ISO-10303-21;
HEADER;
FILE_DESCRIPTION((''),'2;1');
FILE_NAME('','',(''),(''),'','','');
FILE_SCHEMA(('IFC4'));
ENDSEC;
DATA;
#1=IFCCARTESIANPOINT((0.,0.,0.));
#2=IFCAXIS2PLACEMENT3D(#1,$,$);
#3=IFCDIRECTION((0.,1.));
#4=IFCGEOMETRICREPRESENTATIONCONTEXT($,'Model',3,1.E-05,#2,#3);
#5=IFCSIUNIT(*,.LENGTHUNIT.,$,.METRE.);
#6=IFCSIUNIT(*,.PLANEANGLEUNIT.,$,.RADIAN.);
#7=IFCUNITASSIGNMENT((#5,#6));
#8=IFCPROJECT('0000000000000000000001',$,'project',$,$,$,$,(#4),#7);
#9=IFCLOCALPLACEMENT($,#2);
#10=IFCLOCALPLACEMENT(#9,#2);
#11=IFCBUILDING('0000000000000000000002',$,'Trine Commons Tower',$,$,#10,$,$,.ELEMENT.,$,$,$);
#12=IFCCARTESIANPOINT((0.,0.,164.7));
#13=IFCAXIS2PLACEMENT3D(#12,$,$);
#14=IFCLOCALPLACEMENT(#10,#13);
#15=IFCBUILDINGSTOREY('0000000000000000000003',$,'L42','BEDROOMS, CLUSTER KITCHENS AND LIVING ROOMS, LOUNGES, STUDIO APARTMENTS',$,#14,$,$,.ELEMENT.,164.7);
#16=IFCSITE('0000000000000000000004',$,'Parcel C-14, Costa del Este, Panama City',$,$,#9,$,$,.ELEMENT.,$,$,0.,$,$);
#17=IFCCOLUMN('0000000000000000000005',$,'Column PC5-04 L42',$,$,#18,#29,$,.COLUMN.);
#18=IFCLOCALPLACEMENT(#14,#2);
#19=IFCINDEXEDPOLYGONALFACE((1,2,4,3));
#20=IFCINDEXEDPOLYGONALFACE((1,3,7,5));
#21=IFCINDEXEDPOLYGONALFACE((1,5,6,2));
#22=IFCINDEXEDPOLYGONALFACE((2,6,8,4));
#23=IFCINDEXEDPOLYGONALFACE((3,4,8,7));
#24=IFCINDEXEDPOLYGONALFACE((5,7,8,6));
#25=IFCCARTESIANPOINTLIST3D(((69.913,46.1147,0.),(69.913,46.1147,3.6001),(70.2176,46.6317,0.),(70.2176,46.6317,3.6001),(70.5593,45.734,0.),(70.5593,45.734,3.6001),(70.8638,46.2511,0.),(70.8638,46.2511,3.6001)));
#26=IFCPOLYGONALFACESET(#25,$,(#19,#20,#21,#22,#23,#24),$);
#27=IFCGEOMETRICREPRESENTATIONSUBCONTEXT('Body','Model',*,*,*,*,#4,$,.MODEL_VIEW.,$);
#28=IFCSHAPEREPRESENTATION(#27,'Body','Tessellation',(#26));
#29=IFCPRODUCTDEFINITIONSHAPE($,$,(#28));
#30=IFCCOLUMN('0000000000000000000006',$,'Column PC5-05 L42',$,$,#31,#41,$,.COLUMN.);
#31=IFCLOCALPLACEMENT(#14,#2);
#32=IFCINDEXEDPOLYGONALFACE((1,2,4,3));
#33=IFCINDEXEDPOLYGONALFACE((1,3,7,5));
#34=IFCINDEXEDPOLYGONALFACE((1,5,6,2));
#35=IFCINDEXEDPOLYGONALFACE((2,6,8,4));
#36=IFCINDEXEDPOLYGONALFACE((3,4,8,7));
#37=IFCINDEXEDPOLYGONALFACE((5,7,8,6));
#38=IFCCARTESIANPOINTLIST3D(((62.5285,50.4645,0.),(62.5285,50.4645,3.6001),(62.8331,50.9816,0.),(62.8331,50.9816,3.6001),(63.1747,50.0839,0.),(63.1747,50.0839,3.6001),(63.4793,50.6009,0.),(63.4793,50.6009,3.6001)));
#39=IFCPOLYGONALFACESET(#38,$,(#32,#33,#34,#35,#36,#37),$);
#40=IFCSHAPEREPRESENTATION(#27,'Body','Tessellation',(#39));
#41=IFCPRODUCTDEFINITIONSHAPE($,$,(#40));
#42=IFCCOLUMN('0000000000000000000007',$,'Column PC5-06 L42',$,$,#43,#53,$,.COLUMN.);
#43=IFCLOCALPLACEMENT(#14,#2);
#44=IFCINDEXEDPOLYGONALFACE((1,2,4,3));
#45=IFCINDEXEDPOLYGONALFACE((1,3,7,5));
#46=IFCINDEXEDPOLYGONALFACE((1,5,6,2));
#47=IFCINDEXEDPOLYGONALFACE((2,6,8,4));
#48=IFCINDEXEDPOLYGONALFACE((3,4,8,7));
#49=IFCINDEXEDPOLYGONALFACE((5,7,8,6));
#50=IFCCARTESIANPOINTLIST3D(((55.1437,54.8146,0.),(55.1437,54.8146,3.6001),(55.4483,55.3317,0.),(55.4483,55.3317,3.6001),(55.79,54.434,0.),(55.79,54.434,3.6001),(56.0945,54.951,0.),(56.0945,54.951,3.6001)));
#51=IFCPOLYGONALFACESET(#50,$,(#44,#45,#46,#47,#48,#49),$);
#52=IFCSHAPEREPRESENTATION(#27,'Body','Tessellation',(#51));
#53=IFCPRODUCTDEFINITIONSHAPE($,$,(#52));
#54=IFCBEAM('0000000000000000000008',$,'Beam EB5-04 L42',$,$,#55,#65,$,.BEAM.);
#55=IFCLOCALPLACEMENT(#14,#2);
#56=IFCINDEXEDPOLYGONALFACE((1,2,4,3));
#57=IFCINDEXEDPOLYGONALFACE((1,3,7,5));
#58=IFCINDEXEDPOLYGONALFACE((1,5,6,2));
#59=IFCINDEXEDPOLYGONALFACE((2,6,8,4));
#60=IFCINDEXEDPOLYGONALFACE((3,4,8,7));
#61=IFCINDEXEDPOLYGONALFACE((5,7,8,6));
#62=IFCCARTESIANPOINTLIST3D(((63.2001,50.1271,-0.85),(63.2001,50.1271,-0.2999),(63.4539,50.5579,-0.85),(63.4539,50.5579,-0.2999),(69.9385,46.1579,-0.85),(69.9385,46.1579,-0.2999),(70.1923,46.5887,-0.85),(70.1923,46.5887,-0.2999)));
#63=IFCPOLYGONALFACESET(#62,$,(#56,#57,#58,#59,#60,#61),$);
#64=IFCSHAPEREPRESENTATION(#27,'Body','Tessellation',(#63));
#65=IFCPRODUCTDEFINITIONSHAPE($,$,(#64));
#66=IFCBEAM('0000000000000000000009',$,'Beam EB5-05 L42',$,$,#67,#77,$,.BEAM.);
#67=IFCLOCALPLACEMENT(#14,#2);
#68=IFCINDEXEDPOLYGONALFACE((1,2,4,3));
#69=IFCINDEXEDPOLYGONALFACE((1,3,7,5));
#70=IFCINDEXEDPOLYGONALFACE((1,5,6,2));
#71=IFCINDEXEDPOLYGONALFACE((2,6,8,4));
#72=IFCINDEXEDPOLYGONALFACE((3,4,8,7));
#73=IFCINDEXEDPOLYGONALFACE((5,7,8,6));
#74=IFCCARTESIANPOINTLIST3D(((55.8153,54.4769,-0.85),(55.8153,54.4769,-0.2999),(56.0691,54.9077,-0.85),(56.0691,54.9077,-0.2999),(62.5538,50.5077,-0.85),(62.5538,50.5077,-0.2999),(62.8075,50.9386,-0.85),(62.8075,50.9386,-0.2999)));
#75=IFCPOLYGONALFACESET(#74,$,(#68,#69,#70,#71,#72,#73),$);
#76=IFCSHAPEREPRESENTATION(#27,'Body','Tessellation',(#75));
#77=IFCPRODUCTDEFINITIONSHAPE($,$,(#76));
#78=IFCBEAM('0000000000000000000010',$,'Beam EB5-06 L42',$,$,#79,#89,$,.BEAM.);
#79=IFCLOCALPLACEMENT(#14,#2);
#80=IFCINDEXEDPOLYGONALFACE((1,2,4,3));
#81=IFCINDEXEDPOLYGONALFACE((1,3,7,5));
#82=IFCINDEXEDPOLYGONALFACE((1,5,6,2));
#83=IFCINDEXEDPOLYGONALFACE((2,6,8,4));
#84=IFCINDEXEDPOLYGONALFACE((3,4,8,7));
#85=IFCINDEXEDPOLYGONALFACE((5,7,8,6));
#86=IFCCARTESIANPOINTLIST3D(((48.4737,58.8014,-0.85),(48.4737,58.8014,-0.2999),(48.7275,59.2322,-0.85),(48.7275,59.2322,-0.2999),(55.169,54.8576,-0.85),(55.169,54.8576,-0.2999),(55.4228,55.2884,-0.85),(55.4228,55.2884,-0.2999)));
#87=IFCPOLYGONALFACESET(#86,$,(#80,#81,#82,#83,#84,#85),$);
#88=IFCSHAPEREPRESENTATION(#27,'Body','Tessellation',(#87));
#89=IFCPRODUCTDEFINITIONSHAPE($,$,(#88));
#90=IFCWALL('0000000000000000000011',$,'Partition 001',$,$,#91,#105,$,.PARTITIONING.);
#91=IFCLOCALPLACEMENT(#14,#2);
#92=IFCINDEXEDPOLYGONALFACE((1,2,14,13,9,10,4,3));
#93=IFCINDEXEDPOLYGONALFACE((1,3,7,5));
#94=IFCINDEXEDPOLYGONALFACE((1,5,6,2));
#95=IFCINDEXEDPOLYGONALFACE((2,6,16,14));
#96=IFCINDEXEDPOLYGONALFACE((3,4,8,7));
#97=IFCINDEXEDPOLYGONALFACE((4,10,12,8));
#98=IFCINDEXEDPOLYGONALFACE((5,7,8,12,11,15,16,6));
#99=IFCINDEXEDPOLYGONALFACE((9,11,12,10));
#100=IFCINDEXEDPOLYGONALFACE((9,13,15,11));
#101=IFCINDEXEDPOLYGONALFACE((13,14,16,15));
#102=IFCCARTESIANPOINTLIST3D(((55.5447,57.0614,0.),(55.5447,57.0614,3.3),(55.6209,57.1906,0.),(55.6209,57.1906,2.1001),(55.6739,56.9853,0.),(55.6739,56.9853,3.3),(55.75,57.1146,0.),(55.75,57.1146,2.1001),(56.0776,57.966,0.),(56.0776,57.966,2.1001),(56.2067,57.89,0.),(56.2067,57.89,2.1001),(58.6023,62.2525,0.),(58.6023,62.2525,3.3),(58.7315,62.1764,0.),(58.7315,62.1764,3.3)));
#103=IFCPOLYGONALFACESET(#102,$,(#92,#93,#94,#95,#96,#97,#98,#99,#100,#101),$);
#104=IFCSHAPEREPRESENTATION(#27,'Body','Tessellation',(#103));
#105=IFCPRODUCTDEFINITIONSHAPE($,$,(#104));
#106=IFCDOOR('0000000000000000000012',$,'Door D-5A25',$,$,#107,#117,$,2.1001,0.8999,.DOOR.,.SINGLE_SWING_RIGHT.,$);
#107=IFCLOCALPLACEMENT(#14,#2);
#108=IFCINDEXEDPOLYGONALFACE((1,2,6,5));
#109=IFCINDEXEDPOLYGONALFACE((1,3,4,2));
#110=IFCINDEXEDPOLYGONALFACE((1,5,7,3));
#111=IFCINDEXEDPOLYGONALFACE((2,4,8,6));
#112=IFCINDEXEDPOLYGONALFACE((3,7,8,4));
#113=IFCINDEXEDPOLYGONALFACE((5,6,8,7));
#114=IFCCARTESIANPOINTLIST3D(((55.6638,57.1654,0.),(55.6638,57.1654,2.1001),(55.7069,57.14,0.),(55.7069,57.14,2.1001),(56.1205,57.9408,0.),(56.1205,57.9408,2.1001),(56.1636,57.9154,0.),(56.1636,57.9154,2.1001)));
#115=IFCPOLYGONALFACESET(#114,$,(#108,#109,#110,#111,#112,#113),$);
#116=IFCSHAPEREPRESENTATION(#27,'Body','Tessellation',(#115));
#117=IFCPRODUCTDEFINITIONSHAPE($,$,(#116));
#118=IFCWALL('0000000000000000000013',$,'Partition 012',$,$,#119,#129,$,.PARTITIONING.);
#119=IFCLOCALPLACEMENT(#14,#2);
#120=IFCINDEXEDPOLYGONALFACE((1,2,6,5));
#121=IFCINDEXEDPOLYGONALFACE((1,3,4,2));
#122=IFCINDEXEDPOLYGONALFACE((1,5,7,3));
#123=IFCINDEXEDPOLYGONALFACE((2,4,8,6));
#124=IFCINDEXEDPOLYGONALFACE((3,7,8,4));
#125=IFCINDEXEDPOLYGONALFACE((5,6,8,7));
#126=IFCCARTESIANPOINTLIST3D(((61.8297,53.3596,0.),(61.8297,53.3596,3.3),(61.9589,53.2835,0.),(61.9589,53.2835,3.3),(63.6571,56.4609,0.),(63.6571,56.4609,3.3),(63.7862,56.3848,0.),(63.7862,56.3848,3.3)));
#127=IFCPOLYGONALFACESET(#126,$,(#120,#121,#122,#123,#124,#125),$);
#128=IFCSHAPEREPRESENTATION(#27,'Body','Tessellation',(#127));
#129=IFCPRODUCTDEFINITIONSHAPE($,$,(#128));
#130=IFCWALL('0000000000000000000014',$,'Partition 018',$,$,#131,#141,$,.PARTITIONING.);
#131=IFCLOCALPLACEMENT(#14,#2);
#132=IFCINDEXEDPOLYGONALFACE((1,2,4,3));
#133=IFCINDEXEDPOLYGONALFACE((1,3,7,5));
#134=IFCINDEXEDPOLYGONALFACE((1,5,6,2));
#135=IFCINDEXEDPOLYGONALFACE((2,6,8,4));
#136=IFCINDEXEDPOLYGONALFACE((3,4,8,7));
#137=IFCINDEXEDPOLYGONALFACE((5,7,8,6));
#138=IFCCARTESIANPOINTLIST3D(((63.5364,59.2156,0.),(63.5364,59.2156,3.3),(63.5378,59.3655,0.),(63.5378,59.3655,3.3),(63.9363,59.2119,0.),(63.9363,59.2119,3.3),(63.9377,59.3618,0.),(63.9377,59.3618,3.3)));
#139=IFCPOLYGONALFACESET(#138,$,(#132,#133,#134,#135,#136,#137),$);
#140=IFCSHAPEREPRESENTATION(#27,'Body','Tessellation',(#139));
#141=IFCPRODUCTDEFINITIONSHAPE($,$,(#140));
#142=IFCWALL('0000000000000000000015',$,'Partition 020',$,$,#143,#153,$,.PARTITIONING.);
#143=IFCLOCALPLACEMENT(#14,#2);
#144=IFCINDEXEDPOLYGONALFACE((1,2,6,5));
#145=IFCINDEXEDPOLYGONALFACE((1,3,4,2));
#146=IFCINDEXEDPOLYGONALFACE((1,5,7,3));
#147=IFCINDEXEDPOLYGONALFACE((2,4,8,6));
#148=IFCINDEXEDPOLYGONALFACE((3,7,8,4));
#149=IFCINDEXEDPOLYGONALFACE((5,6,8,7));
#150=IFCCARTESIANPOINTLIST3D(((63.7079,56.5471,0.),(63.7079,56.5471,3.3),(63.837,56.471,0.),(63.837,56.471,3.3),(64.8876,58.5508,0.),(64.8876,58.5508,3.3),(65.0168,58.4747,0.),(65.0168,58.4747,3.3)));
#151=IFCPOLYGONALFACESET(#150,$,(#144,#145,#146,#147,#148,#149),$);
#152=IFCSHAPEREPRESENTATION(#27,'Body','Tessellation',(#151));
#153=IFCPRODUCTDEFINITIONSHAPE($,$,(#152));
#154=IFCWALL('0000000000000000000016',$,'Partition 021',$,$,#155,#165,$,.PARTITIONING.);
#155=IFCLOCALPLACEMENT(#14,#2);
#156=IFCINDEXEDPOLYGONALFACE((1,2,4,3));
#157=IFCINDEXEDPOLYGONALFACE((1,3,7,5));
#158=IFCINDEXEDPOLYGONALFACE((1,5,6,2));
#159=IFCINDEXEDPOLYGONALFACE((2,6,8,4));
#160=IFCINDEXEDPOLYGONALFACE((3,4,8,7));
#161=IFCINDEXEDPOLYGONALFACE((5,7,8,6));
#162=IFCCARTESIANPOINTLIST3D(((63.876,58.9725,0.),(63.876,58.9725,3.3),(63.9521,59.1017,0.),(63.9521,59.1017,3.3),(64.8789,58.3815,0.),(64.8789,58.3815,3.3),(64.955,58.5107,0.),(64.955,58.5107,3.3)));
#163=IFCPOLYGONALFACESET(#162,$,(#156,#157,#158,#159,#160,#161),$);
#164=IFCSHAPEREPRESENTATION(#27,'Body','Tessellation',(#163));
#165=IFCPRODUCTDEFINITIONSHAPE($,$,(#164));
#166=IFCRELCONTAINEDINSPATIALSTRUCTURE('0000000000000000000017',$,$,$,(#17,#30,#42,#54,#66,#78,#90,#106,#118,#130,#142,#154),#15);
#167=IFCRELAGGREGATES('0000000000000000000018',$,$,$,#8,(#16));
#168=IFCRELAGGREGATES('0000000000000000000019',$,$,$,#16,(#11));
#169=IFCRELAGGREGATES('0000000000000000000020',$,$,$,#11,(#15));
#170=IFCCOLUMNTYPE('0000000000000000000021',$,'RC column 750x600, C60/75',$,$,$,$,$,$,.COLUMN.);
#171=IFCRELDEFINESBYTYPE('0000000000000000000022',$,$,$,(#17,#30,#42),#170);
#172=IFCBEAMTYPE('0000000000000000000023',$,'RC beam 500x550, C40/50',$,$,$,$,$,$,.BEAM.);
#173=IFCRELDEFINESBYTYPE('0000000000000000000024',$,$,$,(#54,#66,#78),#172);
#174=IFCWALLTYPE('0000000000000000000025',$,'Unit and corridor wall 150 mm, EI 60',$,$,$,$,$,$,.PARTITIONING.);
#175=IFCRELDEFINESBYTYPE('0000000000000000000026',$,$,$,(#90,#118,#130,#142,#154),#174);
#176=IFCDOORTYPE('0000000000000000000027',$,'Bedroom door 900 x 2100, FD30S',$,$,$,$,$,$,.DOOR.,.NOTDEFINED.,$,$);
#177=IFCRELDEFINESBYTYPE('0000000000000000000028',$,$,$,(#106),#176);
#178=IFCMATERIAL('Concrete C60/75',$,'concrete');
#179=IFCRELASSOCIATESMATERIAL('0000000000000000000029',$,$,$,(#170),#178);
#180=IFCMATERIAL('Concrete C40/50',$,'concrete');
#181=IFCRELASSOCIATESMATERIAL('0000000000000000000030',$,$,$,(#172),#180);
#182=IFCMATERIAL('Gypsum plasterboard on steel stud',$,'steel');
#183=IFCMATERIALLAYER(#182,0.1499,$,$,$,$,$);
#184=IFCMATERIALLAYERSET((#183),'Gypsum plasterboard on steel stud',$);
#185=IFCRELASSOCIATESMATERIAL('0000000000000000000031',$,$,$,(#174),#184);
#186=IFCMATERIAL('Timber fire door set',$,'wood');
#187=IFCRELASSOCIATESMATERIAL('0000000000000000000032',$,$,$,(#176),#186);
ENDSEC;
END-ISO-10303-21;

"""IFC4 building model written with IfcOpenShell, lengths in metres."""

from ifc_helpers import new_model, si_unit, direction, frame, frame_2d, origin, origin_2d, place, context, subcontext, project, spatial, rectangle, extrude, material, layer, layer_set, material_profile, profile_set, type_object, element, fill, save


model = new_model("IFC4")

# Units and contexts
model_context = context("Model", 3, precision=1e-05, world=origin(), true_north=direction((0.0, 1.0)))
body_context = subcontext(model_context, "Body", "Model", "MODEL_VIEW")
ifc_project = project(units=[si_unit("LENGTHUNIT", "METRE"), si_unit("PLANEANGLEUNIT", "RADIAN")], contexts=[model_context])

# Site, building, storey
site_placement = place(None, origin())
site = spatial("IfcSite", under=ifc_project, at=site_placement, Name="Parcel C-14, Costa del Este, Panama City", CompositionType="ELEMENT", RefElevation=0.0)
building_placement = place(site_placement, origin())
building = spatial("IfcBuilding", under=site, at=building_placement, Name="Trine Commons Tower", CompositionType="ELEMENT")
storey_placement = place(building_placement, frame((0.0, 0.0, 164.7)))
storey = spatial("IfcBuildingStorey", under=building, at=storey_placement, Name="L42", Description="BEDROOMS, CLUSTER KITCHENS AND LIVING ROOMS, LOUNGES, STUDIO APARTMENTS", CompositionType="ELEMENT", Elevation=164.7)

# Columns
ifc_material_1 = material(Name="Concrete C60/75", Category="concrete")
ifc_material_profile_1 = material_profile(ifc_material_1, rectangle(XDim=0.75, YDim=0.6001, at=origin_2d()), Name="RC 750x600")
ifc_profile_set_1 = profile_set([ifc_material_profile_1], Name="Concrete C60/75")
column_type = type_object("IfcColumnType", Name="RC column 750x600, C60/75", PredefinedType="COLUMN", material=ifc_profile_set_1)
for number, where, z_axis, x_axis, name in (
    (1, (70.3884, 46.1829, 0.0), (0.0, 0.0, 1.0), (-0.861629, 0.507538, 0.0), "Column PC5-04 L42"),
    (2, (63.0039, 50.5327, 0.0), (0.0, 0.0, 1.0), (-0.861629, 0.507538, 0.0), "Column PC5-05 L42"),
    (3, (55.6191, 54.8828, 0.0), (0.0, 0.0, 1.0), (-0.861629, 0.507538, 0.0), "Column PC5-06 L42"),
):
    element("IfcColumn", number, at=place(storey_placement, frame(where, z_axis=z_axis, x_axis=x_axis)), inside=storey, type_object=column_type, Name=name, PredefinedType="COLUMN", context=body_context, shape_type="SweptSolid", body=[
        extrude(rectangle(XDim=0.75, YDim=0.6001, at=origin_2d()), origin(), (0.0, 0.0, 1.0), 3.6001),
    ])

# Beams
ifc_material_2 = material(Name="Concrete C40/50", Category="concrete")
ifc_material_profile_2 = material_profile(ifc_material_2, rectangle(XDim=0.5, YDim=0.55, at=origin_2d()), Name="RC 500x550")
ifc_profile_set_2 = profile_set([ifc_material_profile_2], Name="Concrete C40/50")
beam_type = type_object("IfcBeamType", Name="RC beam 500x550, C40/50", PredefinedType="BEAM", material=ifc_profile_set_2)
for number, where, z_axis, x_axis, name in (
    (4, (70.0654, 46.3733, -0.575), (-0.861632, 0.507533, 0.0), (-0.507533, -0.861632, 0.0), "Beam EB5-04 L42"),
    (5, (62.6807, 50.7231, -0.575), (-0.861632, 0.507533, 0.0), (-0.507533, -0.861632, 0.0), "Beam EB5-05 L42"),
):
    element("IfcBeam", number, at=place(storey_placement, frame(where, z_axis=z_axis, x_axis=x_axis)), inside=storey, type_object=beam_type, Name=name, PredefinedType="BEAM", context=body_context, shape_type="SweptSolid", body=[
        extrude(rectangle(XDim=0.5, YDim=0.55, at=origin_2d()), origin(), (0.0, 0.0, 1.0), 7.8206),
    ])
beam_placement = place(storey_placement, frame((55.2959, 55.073, -0.575), z_axis=(-0.861629, 0.507539, 0.0), x_axis=(-0.507539, -0.861629, 0.0)))
element("IfcBeam", 6, at=beam_placement, inside=storey, type_object=beam_type, Name="Beam EB5-06 L42", PredefinedType="BEAM", context=body_context, shape_type="SweptSolid", body=[
    extrude(rectangle(XDim=0.5, YDim=0.55, at=origin_2d()), origin(), (0.0, 0.0, 1.0), 7.7705),
])

# Wall, opening, door
ifc_material_3 = material(Name="Gypsum plasterboard on steel stud", Category="steel")
ifc_layer_1 = layer(ifc_material_3, 0.1499)
ifc_layer_set_1 = layer_set([ifc_layer_1], Name="Gypsum plasterboard on steel stud")
wall_type_1 = type_object("IfcWallType", Name="Unit and corridor wall 150 mm, EI 60", PredefinedType="PARTITIONING", material=ifc_layer_set_1)
wall_1_placement = place(storey_placement, frame((55.6094, 57.0234, 0.0), z_axis=(0.0, 0.0, 1.0), x_axis=(0.507512, 0.861644, 0.0)))
wall_1 = element("IfcWall", 7, at=wall_1_placement, inside=storey, type_object=wall_type_1, Name="Partition 001", PredefinedType="PARTITIONING", context=body_context, shape_type="SweptSolid", body=[
    extrude(rectangle(XDim=6.0247, YDim=0.1499, at=frame_2d((3.0122, 0.0))), origin(), (0.0, 0.0, 1.0), 3.3),
])
opening_1_placement = place(wall_1_placement, frame((0.1499, 0.0, 0.0)))
opening_1 = element("IfcOpeningElement", 8, at=opening_1_placement, cuts=wall_1, PredefinedType="OPENING", context=body_context, shape_type="SweptSolid", body=[
    extrude(rectangle(XDim=0.8999, YDim=2.1001, at=frame_2d((0.45, 1.05))), frame((0.0, 0.085, 0.0), z_axis=(0.0, -1.0, 0.0), x_axis=(1.0, 0.0, 0.0)), (0.0, 0.0, 1.0), 0.1699),
])
ifc_material_4 = material(Name="Timber fire door set", Category="wood")
door_type_1 = type_object("IfcDoorType", Name="Bedroom door 900 x 2100, FD30S", OperationType="NOTDEFINED", PredefinedType="DOOR", material=ifc_material_4)
door_1_placement = place(opening_1_placement, frame((0.8999, 0.0, 0.0), z_axis=(0.0, 0.0, 1.0), x_axis=(-1.0, 0.0, 0.0)))
door_1 = element("IfcDoor", 9, at=door_1_placement, inside=storey, type_object=door_type_1, Name="Door D-5A25", OperationType="SINGLE_SWING_RIGHT", OverallHeight=2.1001, OverallWidth=0.8999, PredefinedType="DOOR", context=body_context, shape_type="SweptSolid", body=[
    extrude(rectangle(XDim=0.8999, YDim=2.1001, at=frame_2d((0.45, 1.05))), frame((0.0, 0.0249, 0.0), z_axis=(0.0, -1.0, 0.0), x_axis=(1.0, 0.0, 0.0)), (0.0, 0.0, 1.0), 0.05),
])
fill(opening_1, door_1)

# Walls
wall_2_placement = place(storey_placement, frame((61.8943, 53.3215, 0.0), z_axis=(0.0, 0.0, 1.0), x_axis=(0.507657, 0.861559, 0.0)))
element("IfcWall", 10, at=wall_2_placement, inside=storey, type_object=wall_type_1, Name="Partition 012", PredefinedType="PARTITIONING", context=body_context, shape_type="SweptSolid", body=[
    extrude(rectangle(XDim=3.5996, YDim=0.1499, at=frame_2d((1.7998, 0.0))), origin(), (0.0, 0.0, 1.0), 3.3),
])
wall_3_placement = place(storey_placement, frame((63.5371, 59.2905, 0.0), z_axis=(0.0, 0.0, 1.0), x_axis=(0.999958, -0.009157, 0.0)))
element("IfcWall", 11, at=wall_3_placement, inside=storey, type_object=wall_type_1, Name="Partition 018", PredefinedType="PARTITIONING", context=body_context, shape_type="SweptSolid", body=[
    extrude(rectangle(XDim=0.3999, YDim=0.1499, at=frame_2d((0.2, 0.0))), origin(), (0.0, 0.0, 1.0), 3.3),
])
wall_4_placement = place(storey_placement, frame((63.7725, 56.509, 0.0), z_axis=(0.0, 0.0, 1.0), x_axis=(0.50736, 0.861734, 0.0)))
element("IfcWall", 12, at=wall_4_placement, inside=storey, type_object=wall_type_1, Name="Partition 020", PredefinedType="PARTITIONING", context=body_context, shape_type="SweptSolid", body=[
    extrude(rectangle(XDim=2.3252, YDim=0.1499, at=frame_2d((1.1626, 0.0))), origin(), (0.0, 0.0, 1.0), 3.3),
])
wall_5_placement = place(storey_placement, frame((63.9141, 59.0371, 0.0), z_axis=(0.0, 0.0, 1.0), x_axis=(0.861519, -0.507726, 0.0)))
element("IfcWall", 13, at=wall_5_placement, inside=storey, type_object=wall_type_1, Name="Partition 021", PredefinedType="PARTITIONING", context=body_context, shape_type="SweptSolid", body=[
    extrude(rectangle(XDim=1.1641, YDim=0.1499, at=frame_2d((0.582, 0.0))), origin(), (0.0, 0.0, 1.0), 3.3),
])

save(model, "model.ifc")
